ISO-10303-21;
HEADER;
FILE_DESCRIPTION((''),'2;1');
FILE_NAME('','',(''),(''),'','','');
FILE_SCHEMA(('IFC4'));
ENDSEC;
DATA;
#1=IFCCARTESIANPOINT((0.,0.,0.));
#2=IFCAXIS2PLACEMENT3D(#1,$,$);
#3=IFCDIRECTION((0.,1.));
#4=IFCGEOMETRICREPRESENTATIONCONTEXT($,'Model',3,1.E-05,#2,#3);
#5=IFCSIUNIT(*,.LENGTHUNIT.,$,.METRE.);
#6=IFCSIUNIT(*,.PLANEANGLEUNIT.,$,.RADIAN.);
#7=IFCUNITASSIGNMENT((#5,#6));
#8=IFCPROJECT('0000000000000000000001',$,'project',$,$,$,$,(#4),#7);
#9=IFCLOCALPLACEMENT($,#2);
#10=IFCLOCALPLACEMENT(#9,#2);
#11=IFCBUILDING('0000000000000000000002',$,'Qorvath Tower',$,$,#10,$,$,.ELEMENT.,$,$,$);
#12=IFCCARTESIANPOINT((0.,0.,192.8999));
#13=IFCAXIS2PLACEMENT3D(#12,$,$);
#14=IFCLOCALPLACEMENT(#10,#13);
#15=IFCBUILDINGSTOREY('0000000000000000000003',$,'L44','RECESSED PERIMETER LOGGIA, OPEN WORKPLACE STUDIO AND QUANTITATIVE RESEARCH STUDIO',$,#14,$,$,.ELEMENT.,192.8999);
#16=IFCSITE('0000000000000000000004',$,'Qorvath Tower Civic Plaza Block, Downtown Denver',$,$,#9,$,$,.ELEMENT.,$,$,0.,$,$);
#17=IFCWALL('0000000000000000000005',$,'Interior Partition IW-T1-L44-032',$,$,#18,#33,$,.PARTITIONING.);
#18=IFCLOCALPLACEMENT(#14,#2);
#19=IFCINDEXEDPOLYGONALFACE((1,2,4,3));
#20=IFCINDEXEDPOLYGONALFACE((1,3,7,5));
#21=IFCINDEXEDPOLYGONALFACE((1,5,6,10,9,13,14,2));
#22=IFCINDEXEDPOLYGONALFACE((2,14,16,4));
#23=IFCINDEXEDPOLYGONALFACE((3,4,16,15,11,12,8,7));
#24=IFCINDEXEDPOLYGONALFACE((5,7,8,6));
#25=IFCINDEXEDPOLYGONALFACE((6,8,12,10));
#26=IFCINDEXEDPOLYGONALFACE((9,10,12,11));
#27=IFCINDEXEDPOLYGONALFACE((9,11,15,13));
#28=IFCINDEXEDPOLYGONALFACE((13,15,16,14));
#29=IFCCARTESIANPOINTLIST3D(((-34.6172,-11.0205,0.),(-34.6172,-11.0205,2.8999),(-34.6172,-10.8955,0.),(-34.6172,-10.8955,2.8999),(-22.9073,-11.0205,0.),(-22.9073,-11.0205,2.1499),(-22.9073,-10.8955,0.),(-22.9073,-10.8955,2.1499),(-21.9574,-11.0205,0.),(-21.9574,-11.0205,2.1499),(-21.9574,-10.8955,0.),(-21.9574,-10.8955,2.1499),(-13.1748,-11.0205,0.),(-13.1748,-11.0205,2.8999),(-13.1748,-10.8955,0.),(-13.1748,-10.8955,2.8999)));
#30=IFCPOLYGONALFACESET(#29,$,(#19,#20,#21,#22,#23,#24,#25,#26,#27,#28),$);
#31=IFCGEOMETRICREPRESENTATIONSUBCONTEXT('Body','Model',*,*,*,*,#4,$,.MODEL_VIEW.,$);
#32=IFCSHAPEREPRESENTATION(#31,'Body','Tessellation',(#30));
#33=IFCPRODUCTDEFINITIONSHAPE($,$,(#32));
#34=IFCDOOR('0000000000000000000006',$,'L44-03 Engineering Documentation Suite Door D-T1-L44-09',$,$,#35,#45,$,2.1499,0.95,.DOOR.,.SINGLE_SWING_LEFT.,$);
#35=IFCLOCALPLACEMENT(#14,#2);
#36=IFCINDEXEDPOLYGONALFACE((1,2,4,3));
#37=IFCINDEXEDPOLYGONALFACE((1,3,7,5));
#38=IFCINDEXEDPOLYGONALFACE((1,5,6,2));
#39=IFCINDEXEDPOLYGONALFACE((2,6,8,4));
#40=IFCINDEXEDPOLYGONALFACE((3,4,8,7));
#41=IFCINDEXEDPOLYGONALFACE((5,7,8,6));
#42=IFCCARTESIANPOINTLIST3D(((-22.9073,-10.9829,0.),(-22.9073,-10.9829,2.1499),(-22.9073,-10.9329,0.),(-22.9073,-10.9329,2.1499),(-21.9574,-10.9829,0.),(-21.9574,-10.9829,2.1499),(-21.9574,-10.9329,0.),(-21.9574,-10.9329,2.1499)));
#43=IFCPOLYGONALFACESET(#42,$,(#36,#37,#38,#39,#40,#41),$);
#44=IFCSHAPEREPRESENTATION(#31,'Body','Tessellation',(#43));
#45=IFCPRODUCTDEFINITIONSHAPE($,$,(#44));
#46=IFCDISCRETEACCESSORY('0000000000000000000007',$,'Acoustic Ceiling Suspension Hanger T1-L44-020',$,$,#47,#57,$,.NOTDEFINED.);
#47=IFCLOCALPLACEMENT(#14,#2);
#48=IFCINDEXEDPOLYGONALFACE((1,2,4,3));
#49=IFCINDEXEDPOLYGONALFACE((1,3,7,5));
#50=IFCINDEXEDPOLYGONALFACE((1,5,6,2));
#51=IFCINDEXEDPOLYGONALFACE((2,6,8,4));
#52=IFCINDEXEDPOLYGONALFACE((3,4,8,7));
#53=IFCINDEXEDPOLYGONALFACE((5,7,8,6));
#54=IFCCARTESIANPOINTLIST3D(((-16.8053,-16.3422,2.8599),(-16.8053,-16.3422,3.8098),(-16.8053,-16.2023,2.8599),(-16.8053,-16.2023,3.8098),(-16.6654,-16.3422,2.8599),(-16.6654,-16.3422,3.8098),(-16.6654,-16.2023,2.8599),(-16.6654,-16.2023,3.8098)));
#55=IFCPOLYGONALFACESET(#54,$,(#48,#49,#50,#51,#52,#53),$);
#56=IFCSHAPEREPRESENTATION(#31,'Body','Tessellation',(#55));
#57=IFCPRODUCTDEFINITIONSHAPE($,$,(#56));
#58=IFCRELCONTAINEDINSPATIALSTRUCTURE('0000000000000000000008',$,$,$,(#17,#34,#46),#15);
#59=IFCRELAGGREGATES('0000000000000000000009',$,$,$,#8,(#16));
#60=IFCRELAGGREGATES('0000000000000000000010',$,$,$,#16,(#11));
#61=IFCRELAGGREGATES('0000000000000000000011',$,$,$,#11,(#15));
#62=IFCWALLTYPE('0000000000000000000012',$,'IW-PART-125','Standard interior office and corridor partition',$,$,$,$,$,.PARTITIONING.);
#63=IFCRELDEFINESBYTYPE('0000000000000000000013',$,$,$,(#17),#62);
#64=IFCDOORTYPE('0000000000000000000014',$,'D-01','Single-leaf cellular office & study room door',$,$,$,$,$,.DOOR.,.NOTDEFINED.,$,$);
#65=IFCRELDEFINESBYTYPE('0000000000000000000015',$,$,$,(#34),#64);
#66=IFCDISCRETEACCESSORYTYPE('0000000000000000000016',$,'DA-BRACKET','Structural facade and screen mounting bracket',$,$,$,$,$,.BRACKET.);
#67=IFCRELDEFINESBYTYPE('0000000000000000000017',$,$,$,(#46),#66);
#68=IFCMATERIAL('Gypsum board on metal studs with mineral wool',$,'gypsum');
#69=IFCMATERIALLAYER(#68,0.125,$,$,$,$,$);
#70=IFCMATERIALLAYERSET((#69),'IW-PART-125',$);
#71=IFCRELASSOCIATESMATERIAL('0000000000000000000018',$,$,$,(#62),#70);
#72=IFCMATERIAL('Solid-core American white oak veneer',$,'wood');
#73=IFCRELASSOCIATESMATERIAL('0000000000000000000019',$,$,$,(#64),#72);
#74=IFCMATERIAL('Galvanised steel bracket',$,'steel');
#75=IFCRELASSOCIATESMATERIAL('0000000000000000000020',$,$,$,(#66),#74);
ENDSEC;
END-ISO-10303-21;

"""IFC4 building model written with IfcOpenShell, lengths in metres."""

from ifc_helpers import new_model, si_unit, direction, frame, frame_2d, origin, origin_2d, place, context, subcontext, project, spatial, rectangle, extrude, material, layer, layer_set, type_object, element, fill, save


model = new_model("IFC4")

# Units and contexts
model_context = context("Model", 3, precision=1e-05, world=origin(), true_north=direction((0.0, 1.0)))
body_context = subcontext(model_context, "Body", "Model", "MODEL_VIEW")
ifc_project = project(units=[si_unit("LENGTHUNIT", "METRE"), si_unit("PLANEANGLEUNIT", "RADIAN")], contexts=[model_context])

# Site, building, storey
site_placement = place(None, origin())
site = spatial("IfcSite", under=ifc_project, at=site_placement, Name="Qorvath Tower Civic Plaza Block, Downtown Denver", CompositionType="ELEMENT", RefElevation=0.0)
building_placement = place(site_placement, origin())
building = spatial("IfcBuilding", under=site, at=building_placement, Name="Qorvath Tower", CompositionType="ELEMENT")
storey_placement = place(building_placement, frame((0.0, 0.0, 192.8999)))
storey = spatial("IfcBuildingStorey", under=building, at=storey_placement, Name="L44", Description="RECESSED PERIMETER LOGGIA, OPEN WORKPLACE STUDIO AND QUANTITATIVE RESEARCH STUDIO", CompositionType="ELEMENT", Elevation=192.8999)

# Shared definitions
ifc_material_1 = material(Name="Gypsum board on metal studs with mineral wool", Category="gypsum")
ifc_layer_1 = layer(ifc_material_1, 0.125)
ifc_layer_set_1 = layer_set([ifc_layer_1], Name="IW-PART-125")
wall_type = type_object("IfcWallType", Name="IW-PART-125", Description="Standard interior office and corridor partition", PredefinedType="PARTITIONING", material=ifc_layer_set_1)

# Wall, opening, door
wall_1_placement = place(storey_placement, frame((-13.1748, -10.958, 0.0), z_axis=(0.0, 0.0, 1.0), x_axis=(-1.0, 0.0, 0.0)))
wall_1 = element("IfcWall", 1, at=wall_1_placement, inside=storey, type_object=wall_type, Name="Interior Partition IW-T1-L44-032", PredefinedType="PARTITIONING", context=body_context, shape_type="SweptSolid", body=[
    extrude(rectangle(XDim=21.4424, YDim=0.125, at=frame_2d((10.7212, 0.0))), origin(), (0.0, 0.0, 1.0), 2.8999),
])
opening_placement = place(wall_1_placement, frame((8.7825, 0.0, 0.0)))
opening = element("IfcOpeningElement", 2, at=opening_placement, cuts=wall_1, PredefinedType="OPENING", context=body_context, shape_type="SweptSolid", body=[
    extrude(rectangle(XDim=0.95, YDim=2.1499, at=frame_2d((0.4751, 1.075))), frame((0.0, 0.0725, 0.0), z_axis=(0.0, -1.0, 0.0), x_axis=(1.0, 0.0, 0.0)), (0.0, 0.0, 1.0), 0.145),
])
ifc_material_2 = material(Name="Solid-core American white oak veneer", Category="wood")
door_type = type_object("IfcDoorType", Name="D-01", Description="Single-leaf cellular office & study room door", OperationType="NOTDEFINED", PredefinedType="DOOR", material=ifc_material_2)
door_placement = place(opening_placement, origin())
door = element("IfcDoor", 3, at=door_placement, inside=storey, type_object=door_type, Name="L44-03 Engineering Documentation Suite Door D-T1-L44-09", OperationType="SINGLE_SWING_LEFT", OverallHeight=2.1499, OverallWidth=0.95, PredefinedType="DOOR", context=body_context, shape_type="SweptSolid", body=[
    extrude(rectangle(XDim=0.95, YDim=2.1499, at=frame_2d((0.4751, 1.075))), frame((0.0, 0.0249, 0.0), z_axis=(0.0, -1.0, 0.0), x_axis=(1.0, 0.0, 0.0)), (0.0, 0.0, 1.0), 0.05),
])
fill(opening, door)

# Discrete accessory
ifc_material_3 = material(Name="Galvanised steel bracket", Category="steel")
discrete_accessory_type = type_object("IfcDiscreteAccessoryType", Name="DA-BRACKET", Description="Structural facade and screen mounting bracket", PredefinedType="BRACKET", material=ifc_material_3)
discrete_accessory_placement = place(storey_placement, frame((-16.7354, -16.2722, 2.8599), z_axis=(0.0, 0.0, 1.0), x_axis=(1.0, 0.0, 0.0)))
element("IfcDiscreteAccessory", 4, at=discrete_accessory_placement, inside=storey, type_object=discrete_accessory_type, Name="Acoustic Ceiling Suspension Hanger T1-L44-020", PredefinedType="NOTDEFINED", context=body_context, shape_type="SweptSolid", body=[
    extrude(rectangle(XDim=0.1399, YDim=0.1399, at=origin_2d()), origin(), (0.0, 0.0, 1.0), 0.95),
])

save(model, "model.ifc")
